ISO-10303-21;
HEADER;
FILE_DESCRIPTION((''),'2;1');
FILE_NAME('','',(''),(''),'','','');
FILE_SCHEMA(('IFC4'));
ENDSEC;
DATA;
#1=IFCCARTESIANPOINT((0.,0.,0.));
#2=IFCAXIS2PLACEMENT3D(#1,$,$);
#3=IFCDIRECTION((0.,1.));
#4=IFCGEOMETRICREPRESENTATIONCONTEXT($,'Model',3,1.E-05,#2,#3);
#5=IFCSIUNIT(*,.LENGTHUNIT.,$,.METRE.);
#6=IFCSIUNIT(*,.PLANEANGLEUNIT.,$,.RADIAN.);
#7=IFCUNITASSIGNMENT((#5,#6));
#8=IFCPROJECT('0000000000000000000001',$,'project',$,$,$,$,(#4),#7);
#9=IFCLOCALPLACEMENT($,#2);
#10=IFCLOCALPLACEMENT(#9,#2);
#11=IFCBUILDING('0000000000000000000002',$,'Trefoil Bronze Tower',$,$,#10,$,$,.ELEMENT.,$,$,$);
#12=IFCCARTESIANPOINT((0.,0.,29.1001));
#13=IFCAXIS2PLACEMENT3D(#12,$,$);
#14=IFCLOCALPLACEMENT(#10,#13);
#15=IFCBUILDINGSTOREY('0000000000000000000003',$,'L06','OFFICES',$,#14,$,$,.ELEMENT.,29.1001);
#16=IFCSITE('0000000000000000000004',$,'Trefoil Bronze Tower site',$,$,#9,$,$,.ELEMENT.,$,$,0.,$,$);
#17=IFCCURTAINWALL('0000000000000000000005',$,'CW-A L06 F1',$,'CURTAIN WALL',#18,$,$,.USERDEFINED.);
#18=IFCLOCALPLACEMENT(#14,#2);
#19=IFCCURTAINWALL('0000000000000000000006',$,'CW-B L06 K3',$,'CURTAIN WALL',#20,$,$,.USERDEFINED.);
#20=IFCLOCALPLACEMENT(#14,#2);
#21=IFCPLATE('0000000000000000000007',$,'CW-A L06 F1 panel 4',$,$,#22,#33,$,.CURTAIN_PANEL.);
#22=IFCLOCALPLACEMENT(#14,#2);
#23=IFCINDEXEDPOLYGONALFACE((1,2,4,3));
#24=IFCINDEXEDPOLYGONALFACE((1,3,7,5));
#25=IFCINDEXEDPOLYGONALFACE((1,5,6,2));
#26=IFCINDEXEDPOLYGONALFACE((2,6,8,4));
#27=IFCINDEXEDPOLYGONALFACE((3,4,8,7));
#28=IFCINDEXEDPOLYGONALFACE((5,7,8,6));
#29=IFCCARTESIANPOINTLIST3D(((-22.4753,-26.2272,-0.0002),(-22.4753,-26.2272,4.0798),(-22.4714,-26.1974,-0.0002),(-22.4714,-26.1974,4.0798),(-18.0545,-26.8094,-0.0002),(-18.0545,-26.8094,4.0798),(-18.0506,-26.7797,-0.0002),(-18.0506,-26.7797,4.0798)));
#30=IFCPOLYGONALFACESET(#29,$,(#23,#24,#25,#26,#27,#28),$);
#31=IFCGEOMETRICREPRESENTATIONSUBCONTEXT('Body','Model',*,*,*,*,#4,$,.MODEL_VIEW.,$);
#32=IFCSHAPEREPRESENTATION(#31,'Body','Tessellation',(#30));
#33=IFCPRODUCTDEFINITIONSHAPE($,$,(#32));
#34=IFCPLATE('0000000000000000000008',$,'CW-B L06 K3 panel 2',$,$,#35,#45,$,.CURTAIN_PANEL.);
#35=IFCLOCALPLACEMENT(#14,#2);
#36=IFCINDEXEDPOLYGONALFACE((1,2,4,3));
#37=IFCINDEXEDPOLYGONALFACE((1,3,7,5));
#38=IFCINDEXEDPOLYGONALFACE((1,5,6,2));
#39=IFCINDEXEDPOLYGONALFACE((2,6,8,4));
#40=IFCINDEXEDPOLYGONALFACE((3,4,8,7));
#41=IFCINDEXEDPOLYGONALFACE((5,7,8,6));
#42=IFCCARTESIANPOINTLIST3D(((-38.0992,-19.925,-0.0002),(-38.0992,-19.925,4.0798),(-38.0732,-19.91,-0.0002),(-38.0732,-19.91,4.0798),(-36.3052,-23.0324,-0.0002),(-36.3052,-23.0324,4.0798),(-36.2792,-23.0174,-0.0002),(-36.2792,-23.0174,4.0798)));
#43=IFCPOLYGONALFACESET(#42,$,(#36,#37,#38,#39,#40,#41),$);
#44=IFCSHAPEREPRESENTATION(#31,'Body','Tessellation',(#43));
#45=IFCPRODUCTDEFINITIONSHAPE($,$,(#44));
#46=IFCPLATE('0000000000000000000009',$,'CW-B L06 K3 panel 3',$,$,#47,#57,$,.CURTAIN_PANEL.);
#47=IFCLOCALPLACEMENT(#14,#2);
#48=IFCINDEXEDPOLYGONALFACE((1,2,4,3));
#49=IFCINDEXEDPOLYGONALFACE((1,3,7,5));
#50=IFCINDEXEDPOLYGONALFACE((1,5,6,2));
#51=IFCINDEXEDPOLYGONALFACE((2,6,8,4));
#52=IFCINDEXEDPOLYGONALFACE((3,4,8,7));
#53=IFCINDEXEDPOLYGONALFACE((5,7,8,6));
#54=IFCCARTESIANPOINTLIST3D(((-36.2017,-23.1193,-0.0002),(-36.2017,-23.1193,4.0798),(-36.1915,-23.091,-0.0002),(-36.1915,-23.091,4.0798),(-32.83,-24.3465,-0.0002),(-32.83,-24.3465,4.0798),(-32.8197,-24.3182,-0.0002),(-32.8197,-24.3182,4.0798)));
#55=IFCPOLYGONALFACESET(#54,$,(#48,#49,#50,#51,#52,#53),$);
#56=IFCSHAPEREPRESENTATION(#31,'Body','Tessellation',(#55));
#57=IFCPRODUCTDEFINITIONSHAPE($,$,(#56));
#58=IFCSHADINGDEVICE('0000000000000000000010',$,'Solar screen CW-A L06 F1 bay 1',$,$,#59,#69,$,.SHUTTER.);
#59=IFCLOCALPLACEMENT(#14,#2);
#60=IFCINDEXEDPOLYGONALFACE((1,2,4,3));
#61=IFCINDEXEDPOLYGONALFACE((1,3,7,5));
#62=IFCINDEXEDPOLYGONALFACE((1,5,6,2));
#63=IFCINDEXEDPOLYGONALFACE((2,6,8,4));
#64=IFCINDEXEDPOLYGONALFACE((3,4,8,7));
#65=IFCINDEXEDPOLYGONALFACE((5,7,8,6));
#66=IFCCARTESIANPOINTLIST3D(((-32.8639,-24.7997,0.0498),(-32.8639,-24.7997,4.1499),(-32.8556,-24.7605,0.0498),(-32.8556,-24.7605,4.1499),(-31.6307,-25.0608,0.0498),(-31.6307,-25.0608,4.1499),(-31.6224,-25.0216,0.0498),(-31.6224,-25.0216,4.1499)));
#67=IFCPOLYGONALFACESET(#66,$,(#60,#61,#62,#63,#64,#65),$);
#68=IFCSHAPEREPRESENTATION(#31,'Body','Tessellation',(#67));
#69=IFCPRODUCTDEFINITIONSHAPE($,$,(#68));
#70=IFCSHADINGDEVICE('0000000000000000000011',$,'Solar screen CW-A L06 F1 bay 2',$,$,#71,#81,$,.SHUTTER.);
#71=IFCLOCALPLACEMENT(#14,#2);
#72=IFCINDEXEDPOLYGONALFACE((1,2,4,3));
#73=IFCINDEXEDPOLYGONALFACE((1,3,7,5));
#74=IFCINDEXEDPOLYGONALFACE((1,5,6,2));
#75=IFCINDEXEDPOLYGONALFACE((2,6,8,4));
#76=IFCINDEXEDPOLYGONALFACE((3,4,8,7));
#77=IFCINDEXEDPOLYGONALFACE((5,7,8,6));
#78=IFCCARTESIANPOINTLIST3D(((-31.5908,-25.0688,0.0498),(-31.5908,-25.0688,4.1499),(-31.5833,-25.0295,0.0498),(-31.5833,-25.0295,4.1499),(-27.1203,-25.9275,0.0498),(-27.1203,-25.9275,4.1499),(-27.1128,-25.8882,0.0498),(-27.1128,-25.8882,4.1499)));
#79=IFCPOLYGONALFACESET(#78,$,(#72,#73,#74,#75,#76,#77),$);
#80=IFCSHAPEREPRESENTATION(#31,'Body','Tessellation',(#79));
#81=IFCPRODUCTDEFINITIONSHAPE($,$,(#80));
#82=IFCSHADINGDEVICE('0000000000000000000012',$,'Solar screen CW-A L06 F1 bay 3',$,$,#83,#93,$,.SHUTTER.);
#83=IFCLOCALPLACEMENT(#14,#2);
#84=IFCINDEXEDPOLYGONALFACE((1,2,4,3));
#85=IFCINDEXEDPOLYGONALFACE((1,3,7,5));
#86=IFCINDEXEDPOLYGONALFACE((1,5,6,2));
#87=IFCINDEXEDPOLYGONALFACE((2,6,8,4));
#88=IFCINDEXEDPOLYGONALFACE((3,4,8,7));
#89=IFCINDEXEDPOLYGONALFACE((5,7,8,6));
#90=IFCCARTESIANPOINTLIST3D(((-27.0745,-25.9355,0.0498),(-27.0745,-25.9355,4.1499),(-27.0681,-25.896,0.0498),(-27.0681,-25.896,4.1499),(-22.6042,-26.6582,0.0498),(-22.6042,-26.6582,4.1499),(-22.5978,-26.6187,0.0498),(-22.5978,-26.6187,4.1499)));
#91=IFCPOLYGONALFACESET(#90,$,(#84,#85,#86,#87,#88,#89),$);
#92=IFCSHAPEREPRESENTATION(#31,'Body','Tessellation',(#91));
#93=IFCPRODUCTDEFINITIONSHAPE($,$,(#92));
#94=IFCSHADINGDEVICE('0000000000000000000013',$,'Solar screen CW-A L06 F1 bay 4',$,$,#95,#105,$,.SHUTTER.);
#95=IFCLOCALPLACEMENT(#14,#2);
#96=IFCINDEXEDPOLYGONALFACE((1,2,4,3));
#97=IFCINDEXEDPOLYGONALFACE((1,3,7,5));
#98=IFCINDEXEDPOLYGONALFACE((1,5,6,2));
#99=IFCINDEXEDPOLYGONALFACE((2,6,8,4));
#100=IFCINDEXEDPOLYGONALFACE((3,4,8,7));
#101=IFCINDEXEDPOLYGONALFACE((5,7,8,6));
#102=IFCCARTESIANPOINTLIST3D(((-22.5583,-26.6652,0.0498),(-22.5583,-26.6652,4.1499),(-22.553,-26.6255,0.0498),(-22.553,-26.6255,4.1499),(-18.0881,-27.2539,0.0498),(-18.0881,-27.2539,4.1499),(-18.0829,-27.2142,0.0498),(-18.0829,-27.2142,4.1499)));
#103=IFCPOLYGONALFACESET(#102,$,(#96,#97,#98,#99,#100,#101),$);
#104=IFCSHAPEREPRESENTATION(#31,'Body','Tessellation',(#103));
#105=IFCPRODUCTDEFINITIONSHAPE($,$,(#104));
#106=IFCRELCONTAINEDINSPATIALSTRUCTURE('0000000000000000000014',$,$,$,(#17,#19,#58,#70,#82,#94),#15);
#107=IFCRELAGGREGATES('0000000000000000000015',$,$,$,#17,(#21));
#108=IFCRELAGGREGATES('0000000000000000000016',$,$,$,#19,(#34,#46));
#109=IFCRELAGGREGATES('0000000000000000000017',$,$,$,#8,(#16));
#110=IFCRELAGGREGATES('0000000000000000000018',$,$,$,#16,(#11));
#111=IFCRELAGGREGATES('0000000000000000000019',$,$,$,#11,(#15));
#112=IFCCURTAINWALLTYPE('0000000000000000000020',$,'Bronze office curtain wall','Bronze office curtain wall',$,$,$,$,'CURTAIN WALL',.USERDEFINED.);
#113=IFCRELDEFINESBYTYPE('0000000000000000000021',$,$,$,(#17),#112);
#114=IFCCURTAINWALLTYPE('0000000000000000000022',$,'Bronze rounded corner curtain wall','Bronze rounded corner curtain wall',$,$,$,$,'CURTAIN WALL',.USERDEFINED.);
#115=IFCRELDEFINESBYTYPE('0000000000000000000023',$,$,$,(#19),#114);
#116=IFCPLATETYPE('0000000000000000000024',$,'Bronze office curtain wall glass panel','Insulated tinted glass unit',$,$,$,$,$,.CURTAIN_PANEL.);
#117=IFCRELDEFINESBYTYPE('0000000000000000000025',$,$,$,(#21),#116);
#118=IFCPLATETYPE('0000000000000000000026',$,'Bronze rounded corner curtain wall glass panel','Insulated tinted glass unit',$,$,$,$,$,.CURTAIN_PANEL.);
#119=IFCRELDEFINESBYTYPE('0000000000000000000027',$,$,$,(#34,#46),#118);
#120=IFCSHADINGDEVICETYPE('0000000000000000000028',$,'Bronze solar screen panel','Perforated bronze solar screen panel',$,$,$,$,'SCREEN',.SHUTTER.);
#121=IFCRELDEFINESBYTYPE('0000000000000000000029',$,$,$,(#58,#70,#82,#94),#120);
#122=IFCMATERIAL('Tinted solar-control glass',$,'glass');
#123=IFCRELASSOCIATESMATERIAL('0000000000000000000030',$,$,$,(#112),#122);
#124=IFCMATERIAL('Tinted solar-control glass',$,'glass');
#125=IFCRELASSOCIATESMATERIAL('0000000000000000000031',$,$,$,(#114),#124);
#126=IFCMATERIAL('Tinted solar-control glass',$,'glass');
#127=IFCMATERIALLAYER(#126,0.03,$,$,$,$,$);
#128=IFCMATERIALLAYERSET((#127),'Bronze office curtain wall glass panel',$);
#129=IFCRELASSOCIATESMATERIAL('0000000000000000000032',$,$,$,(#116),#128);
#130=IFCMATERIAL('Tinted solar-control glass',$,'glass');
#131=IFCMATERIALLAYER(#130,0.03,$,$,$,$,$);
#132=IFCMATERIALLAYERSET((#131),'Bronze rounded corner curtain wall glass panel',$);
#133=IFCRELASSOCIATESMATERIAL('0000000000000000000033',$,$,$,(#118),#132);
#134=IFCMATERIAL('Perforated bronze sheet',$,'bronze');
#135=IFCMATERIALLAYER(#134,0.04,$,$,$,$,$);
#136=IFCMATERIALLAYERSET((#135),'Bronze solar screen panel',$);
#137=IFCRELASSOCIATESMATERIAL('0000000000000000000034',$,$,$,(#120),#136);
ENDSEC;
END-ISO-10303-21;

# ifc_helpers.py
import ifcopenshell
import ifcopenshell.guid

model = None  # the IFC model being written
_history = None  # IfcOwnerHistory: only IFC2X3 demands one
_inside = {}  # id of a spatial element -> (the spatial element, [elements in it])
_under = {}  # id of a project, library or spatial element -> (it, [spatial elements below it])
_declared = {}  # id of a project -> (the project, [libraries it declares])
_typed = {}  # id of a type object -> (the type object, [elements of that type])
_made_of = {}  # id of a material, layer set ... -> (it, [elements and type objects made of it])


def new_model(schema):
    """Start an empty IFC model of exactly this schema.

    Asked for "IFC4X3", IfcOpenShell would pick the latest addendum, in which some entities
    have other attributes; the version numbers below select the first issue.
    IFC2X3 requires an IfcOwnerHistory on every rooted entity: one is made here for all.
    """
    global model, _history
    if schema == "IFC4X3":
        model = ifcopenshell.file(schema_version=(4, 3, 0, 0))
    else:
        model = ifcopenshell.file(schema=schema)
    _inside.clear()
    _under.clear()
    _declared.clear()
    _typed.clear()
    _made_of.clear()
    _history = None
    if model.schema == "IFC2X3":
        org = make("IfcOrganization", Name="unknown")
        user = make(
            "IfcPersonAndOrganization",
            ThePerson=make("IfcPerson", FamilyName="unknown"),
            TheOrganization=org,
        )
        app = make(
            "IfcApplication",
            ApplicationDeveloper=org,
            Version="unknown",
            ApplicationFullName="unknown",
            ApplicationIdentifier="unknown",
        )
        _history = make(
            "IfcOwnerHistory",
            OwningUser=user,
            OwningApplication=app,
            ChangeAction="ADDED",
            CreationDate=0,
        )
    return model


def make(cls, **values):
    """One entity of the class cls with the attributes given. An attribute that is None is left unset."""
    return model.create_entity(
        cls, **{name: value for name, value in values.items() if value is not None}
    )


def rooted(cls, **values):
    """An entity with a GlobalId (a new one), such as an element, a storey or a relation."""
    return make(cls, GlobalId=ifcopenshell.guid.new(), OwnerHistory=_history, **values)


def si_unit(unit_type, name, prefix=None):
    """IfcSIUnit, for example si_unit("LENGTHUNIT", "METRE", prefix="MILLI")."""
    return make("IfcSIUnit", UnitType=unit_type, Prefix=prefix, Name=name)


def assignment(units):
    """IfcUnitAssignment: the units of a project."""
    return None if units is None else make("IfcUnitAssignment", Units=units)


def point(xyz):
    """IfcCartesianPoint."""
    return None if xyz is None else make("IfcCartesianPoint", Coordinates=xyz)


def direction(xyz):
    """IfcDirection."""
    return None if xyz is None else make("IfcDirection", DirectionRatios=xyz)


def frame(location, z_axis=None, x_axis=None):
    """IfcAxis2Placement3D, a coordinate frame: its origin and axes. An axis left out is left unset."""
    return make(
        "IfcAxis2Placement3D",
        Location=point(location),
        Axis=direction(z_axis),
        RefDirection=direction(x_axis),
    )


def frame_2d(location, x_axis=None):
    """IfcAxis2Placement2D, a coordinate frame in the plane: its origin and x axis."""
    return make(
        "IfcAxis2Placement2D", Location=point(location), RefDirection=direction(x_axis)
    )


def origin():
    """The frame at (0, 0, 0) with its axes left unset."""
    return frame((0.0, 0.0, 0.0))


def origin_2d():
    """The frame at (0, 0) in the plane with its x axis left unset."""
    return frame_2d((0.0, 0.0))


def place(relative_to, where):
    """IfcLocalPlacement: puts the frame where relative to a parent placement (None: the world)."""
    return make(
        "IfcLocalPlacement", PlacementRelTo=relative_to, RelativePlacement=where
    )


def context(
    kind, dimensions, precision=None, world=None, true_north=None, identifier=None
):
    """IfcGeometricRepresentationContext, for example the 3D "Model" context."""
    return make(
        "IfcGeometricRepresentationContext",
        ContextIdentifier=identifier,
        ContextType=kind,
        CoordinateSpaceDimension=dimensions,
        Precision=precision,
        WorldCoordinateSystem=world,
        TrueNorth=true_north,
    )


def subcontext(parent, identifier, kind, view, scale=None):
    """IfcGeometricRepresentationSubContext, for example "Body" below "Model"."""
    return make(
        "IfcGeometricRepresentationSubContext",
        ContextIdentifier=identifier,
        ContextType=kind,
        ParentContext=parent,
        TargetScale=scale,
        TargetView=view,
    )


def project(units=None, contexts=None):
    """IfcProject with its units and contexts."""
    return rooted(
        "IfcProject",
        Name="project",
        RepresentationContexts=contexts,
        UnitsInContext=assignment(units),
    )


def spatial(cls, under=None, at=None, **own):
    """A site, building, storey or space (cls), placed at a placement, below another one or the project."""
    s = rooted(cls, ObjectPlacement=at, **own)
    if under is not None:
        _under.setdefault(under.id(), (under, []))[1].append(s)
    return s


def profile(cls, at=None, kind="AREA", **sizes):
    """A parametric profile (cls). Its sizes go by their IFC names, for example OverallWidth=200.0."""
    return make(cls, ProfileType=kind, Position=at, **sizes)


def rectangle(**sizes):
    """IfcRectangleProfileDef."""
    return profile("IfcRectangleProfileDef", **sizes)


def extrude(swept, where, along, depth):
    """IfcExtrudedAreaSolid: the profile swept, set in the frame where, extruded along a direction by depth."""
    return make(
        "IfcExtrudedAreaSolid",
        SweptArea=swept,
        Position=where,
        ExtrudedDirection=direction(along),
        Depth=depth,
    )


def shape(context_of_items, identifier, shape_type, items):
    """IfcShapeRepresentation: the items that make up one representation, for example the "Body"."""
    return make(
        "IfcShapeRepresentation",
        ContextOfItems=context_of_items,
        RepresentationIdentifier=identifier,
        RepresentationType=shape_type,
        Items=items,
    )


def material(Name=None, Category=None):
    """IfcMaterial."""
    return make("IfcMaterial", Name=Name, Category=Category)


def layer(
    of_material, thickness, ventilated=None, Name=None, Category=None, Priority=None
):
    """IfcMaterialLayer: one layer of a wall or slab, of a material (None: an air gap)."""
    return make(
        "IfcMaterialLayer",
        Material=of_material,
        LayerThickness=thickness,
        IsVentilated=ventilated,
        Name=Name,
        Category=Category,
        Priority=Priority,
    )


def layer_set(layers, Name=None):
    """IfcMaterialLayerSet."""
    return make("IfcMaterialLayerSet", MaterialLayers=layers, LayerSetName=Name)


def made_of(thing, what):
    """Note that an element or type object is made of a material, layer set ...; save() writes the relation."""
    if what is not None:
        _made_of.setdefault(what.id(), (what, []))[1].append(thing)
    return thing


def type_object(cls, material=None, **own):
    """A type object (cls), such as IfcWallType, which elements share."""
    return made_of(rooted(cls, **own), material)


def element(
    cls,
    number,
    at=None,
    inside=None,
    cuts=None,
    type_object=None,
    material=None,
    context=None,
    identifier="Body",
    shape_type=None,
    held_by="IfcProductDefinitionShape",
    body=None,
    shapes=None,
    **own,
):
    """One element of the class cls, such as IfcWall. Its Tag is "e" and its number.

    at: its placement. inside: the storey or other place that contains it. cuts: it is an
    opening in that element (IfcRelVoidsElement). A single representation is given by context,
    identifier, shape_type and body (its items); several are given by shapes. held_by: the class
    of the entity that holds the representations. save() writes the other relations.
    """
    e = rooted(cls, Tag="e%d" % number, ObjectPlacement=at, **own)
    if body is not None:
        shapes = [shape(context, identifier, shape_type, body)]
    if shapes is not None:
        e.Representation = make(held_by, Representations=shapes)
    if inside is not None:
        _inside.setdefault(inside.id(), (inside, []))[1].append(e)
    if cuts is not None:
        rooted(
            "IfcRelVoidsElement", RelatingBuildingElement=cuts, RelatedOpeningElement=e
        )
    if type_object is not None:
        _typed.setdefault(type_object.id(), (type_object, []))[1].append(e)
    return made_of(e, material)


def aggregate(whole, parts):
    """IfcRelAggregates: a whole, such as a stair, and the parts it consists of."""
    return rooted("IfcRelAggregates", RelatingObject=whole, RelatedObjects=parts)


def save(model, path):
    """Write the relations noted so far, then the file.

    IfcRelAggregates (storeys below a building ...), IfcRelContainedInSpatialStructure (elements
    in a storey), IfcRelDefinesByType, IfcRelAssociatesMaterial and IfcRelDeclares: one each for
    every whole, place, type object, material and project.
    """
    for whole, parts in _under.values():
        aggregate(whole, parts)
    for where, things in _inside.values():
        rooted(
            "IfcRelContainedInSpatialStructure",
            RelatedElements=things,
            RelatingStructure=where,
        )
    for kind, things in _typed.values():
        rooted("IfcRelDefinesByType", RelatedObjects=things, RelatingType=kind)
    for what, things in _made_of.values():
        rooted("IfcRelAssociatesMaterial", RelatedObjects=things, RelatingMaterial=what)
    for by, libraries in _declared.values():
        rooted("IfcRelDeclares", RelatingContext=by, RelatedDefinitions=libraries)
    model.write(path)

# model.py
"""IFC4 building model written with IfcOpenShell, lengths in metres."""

from ifc_helpers import new_model, si_unit, direction, frame, origin, origin_2d, place, context, subcontext, project, spatial, rectangle, extrude, material, layer, layer_set, type_object, element, aggregate, save


model = new_model("IFC4")

# Units and contexts
model_context = context("Model", 3, precision=1e-05, world=origin(), true_north=direction((0.0, 1.0)))
body_context = subcontext(model_context, "Body", "Model", "MODEL_VIEW")
ifc_project = project(units=[si_unit("LENGTHUNIT", "METRE"), si_unit("PLANEANGLEUNIT", "RADIAN")], contexts=[model_context])

# Site, building, storey
site_placement = place(None, origin())
site = spatial("IfcSite", under=ifc_project, at=site_placement, Name="Trefoil Bronze Tower site", CompositionType="ELEMENT", RefElevation=0.0)
building_placement = place(site_placement, origin())
building = spatial("IfcBuilding", under=site, at=building_placement, Name="Trefoil Bronze Tower", CompositionType="ELEMENT")
storey_placement = place(building_placement, frame((0.0, 0.0, 29.1001)))
storey = spatial("IfcBuildingStorey", under=building, at=storey_placement, Name="L06", Description="OFFICES", CompositionType="ELEMENT", Elevation=29.1001)

# Curtain walls
ifc_material_1 = material(Name="Tinted solar-control glass", Category="glass")
curtain_wall_type_1 = type_object("IfcCurtainWallType", Name="Bronze office curtain wall", Description="Bronze office curtain wall", ElementType="CURTAIN WALL", PredefinedType="USERDEFINED", material=ifc_material_1)
curtain_wall_1_placement = place(storey_placement, origin())
curtain_wall_1 = element("IfcCurtainWall", 1, at=curtain_wall_1_placement, inside=storey, type_object=curtain_wall_type_1, Name="CW-A L06 F1", ObjectType="CURTAIN WALL", PredefinedType="USERDEFINED")
ifc_material_2 = material(Name="Tinted solar-control glass", Category="glass")
curtain_wall_type_2 = type_object("IfcCurtainWallType", Name="Bronze rounded corner curtain wall", Description="Bronze rounded corner curtain wall", ElementType="CURTAIN WALL", PredefinedType="USERDEFINED", material=ifc_material_2)
curtain_wall_2_placement = place(storey_placement, origin())
curtain_wall_2 = element("IfcCurtainWall", 2, at=curtain_wall_2_placement, inside=storey, type_object=curtain_wall_type_2, Name="CW-B L06 K3", ObjectType="CURTAIN WALL", PredefinedType="USERDEFINED")

# Plates
ifc_material_3 = material(Name="Tinted solar-control glass", Category="glass")
ifc_layer_1 = layer(ifc_material_3, 0.03)
ifc_layer_set_1 = layer_set([ifc_layer_1], Name="Bronze office curtain wall glass panel")
plate_type_1 = type_object("IfcPlateType", Name="Bronze office curtain wall glass panel", Description="Insulated tinted glass unit", PredefinedType="CURTAIN_PANEL", material=ifc_layer_set_1)
plate_1_placement = place(storey_placement, frame((-20.2629, -26.5034, -0.0002), z_axis=(0.0, 0.0, 1.0), x_axis=(0.991437, -0.130584, 0.0)))
plate_1 = element("IfcPlate", 3, at=plate_1_placement, type_object=plate_type_1, Name="CW-A L06 F1 panel 4", PredefinedType="CURTAIN_PANEL", context=body_context, shape_type="SweptSolid", body=[
    extrude(rectangle(XDim=4.459, YDim=0.03, at=origin_2d()), origin(), (0.0, 0.0, 1.0), 4.0801),
])
aggregate(curtain_wall_1, [plate_1])
ifc_material_4 = material(Name="Tinted solar-control glass", Category="glass")
ifc_layer_2 = layer(ifc_material_4, 0.03)
ifc_layer_set_2 = layer_set([ifc_layer_2], Name="Bronze rounded corner curtain wall glass panel")
plate_type_2 = type_object("IfcPlateType", Name="Bronze rounded corner curtain wall glass panel", Description="Insulated tinted glass unit", PredefinedType="CURTAIN_PANEL", material=ifc_layer_set_2)
plate_2_placement = place(storey_placement, frame((-37.1892, -21.4712, -0.0002), z_axis=(0.0, 0.0, 1.0), x_axis=(0.5, -0.866025, 0.0)))
plate_2 = element("IfcPlate", 4, at=plate_2_placement, type_object=plate_type_2, Name="CW-B L06 K3 panel 2", PredefinedType="CURTAIN_PANEL", context=body_context, shape_type="SweptSolid", body=[
    extrude(rectangle(XDim=3.5881, YDim=0.03, at=origin_2d()), origin(), (0.0, 0.0, 1.0), 4.0801),
])
plate_3_placement = place(storey_placement, frame((-34.5107, -23.7188, -0.0002), z_axis=(0.0, 0.0, 1.0), x_axis=(0.939693, -0.34202, 0.0)))
plate_3 = element("IfcPlate", 5, at=plate_3_placement, type_object=plate_type_2, Name="CW-B L06 K3 panel 3", PredefinedType="CURTAIN_PANEL", context=body_context, shape_type="SweptSolid", body=[
    extrude(rectangle(XDim=3.5881, YDim=0.03, at=origin_2d()), origin(), (0.0, 0.0, 1.0), 4.0801),
])
aggregate(curtain_wall_2, [plate_2, plate_3])

# Shading devices
ifc_material_5 = material(Name="Perforated bronze sheet", Category="bronze")
ifc_layer_3 = layer(ifc_material_5, 0.04)
ifc_layer_set_3 = layer_set([ifc_layer_3], Name="Bronze solar screen panel")
shading_device_type = type_object("IfcShadingDeviceType", Name="Bronze solar screen panel", Description="Perforated bronze solar screen panel", ElementType="SCREEN", PredefinedType="SHUTTER", material=ifc_layer_set_3)
shading_device_1_placement = place(storey_placement, frame((-32.2432, -24.9106, 0.0498), z_axis=(0.0, 0.0, 1.0), x_axis=(0.978303, -0.207181, 0.0)))
element("IfcShadingDevice", 6, at=shading_device_1_placement, inside=storey, type_object=shading_device_type, Name="Solar screen CW-A L06 F1 bay 1", PredefinedType="SHUTTER", context=body_context, shape_type="SweptSolid", body=[
    extrude(rectangle(XDim=1.2605, YDim=0.04, at=origin_2d()), origin(), (0.0, 0.0, 1.0), 4.1001),
])
shading_device_2_placement = place(storey_placement, frame((-29.3518, -25.4785, 0.0498), z_axis=(0.0, 0.0, 1.0), x_axis=(0.98205, -0.188622, 0.0)))
element("IfcShadingDevice", 7, at=shading_device_2_placement, inside=storey, type_object=shading_device_type, Name="Solar screen CW-A L06 F1 bay 2", PredefinedType="SHUTTER", context=body_context, shape_type="SweptSolid", body=[
    extrude(rectangle(XDim=4.5522, YDim=0.04, at=origin_2d()), origin(), (0.0, 0.0, 1.0), 4.1001),
])
shading_device_3_placement = place(storey_placement, frame((-24.8362, -26.2771, 0.0498), z_axis=(0.0, 0.0, 1.0), x_axis=(0.987181, -0.159603, 0.0)))
element("IfcShadingDevice", 8, at=shading_device_3_placement, inside=storey, type_object=shading_device_type, Name="Solar screen CW-A L06 F1 bay 3", PredefinedType="SHUTTER", context=body_context, shape_type="SweptSolid", body=[
    extrude(rectangle(XDim=4.5283, YDim=0.04, at=origin_2d()), origin(), (0.0, 0.0, 1.0), 4.1001),
])
shading_device_4_placement = place(storey_placement, frame((-20.3206, -26.9397, 0.0498), z_axis=(0.0, 0.0, 1.0), x_axis=(0.991437, -0.130584, 0.0)))
element("IfcShadingDevice", 9, at=shading_device_4_placement, inside=storey, type_object=shading_device_type, Name="Solar screen CW-A L06 F1 bay 4", PredefinedType="SHUTTER", context=body_context, shape_type="SweptSolid", body=[
    extrude(rectangle(XDim=4.5088, YDim=0.04, at=origin_2d()), origin(), (0.0, 0.0, 1.0), 4.1001),
])

save(model, "model.ifc")
